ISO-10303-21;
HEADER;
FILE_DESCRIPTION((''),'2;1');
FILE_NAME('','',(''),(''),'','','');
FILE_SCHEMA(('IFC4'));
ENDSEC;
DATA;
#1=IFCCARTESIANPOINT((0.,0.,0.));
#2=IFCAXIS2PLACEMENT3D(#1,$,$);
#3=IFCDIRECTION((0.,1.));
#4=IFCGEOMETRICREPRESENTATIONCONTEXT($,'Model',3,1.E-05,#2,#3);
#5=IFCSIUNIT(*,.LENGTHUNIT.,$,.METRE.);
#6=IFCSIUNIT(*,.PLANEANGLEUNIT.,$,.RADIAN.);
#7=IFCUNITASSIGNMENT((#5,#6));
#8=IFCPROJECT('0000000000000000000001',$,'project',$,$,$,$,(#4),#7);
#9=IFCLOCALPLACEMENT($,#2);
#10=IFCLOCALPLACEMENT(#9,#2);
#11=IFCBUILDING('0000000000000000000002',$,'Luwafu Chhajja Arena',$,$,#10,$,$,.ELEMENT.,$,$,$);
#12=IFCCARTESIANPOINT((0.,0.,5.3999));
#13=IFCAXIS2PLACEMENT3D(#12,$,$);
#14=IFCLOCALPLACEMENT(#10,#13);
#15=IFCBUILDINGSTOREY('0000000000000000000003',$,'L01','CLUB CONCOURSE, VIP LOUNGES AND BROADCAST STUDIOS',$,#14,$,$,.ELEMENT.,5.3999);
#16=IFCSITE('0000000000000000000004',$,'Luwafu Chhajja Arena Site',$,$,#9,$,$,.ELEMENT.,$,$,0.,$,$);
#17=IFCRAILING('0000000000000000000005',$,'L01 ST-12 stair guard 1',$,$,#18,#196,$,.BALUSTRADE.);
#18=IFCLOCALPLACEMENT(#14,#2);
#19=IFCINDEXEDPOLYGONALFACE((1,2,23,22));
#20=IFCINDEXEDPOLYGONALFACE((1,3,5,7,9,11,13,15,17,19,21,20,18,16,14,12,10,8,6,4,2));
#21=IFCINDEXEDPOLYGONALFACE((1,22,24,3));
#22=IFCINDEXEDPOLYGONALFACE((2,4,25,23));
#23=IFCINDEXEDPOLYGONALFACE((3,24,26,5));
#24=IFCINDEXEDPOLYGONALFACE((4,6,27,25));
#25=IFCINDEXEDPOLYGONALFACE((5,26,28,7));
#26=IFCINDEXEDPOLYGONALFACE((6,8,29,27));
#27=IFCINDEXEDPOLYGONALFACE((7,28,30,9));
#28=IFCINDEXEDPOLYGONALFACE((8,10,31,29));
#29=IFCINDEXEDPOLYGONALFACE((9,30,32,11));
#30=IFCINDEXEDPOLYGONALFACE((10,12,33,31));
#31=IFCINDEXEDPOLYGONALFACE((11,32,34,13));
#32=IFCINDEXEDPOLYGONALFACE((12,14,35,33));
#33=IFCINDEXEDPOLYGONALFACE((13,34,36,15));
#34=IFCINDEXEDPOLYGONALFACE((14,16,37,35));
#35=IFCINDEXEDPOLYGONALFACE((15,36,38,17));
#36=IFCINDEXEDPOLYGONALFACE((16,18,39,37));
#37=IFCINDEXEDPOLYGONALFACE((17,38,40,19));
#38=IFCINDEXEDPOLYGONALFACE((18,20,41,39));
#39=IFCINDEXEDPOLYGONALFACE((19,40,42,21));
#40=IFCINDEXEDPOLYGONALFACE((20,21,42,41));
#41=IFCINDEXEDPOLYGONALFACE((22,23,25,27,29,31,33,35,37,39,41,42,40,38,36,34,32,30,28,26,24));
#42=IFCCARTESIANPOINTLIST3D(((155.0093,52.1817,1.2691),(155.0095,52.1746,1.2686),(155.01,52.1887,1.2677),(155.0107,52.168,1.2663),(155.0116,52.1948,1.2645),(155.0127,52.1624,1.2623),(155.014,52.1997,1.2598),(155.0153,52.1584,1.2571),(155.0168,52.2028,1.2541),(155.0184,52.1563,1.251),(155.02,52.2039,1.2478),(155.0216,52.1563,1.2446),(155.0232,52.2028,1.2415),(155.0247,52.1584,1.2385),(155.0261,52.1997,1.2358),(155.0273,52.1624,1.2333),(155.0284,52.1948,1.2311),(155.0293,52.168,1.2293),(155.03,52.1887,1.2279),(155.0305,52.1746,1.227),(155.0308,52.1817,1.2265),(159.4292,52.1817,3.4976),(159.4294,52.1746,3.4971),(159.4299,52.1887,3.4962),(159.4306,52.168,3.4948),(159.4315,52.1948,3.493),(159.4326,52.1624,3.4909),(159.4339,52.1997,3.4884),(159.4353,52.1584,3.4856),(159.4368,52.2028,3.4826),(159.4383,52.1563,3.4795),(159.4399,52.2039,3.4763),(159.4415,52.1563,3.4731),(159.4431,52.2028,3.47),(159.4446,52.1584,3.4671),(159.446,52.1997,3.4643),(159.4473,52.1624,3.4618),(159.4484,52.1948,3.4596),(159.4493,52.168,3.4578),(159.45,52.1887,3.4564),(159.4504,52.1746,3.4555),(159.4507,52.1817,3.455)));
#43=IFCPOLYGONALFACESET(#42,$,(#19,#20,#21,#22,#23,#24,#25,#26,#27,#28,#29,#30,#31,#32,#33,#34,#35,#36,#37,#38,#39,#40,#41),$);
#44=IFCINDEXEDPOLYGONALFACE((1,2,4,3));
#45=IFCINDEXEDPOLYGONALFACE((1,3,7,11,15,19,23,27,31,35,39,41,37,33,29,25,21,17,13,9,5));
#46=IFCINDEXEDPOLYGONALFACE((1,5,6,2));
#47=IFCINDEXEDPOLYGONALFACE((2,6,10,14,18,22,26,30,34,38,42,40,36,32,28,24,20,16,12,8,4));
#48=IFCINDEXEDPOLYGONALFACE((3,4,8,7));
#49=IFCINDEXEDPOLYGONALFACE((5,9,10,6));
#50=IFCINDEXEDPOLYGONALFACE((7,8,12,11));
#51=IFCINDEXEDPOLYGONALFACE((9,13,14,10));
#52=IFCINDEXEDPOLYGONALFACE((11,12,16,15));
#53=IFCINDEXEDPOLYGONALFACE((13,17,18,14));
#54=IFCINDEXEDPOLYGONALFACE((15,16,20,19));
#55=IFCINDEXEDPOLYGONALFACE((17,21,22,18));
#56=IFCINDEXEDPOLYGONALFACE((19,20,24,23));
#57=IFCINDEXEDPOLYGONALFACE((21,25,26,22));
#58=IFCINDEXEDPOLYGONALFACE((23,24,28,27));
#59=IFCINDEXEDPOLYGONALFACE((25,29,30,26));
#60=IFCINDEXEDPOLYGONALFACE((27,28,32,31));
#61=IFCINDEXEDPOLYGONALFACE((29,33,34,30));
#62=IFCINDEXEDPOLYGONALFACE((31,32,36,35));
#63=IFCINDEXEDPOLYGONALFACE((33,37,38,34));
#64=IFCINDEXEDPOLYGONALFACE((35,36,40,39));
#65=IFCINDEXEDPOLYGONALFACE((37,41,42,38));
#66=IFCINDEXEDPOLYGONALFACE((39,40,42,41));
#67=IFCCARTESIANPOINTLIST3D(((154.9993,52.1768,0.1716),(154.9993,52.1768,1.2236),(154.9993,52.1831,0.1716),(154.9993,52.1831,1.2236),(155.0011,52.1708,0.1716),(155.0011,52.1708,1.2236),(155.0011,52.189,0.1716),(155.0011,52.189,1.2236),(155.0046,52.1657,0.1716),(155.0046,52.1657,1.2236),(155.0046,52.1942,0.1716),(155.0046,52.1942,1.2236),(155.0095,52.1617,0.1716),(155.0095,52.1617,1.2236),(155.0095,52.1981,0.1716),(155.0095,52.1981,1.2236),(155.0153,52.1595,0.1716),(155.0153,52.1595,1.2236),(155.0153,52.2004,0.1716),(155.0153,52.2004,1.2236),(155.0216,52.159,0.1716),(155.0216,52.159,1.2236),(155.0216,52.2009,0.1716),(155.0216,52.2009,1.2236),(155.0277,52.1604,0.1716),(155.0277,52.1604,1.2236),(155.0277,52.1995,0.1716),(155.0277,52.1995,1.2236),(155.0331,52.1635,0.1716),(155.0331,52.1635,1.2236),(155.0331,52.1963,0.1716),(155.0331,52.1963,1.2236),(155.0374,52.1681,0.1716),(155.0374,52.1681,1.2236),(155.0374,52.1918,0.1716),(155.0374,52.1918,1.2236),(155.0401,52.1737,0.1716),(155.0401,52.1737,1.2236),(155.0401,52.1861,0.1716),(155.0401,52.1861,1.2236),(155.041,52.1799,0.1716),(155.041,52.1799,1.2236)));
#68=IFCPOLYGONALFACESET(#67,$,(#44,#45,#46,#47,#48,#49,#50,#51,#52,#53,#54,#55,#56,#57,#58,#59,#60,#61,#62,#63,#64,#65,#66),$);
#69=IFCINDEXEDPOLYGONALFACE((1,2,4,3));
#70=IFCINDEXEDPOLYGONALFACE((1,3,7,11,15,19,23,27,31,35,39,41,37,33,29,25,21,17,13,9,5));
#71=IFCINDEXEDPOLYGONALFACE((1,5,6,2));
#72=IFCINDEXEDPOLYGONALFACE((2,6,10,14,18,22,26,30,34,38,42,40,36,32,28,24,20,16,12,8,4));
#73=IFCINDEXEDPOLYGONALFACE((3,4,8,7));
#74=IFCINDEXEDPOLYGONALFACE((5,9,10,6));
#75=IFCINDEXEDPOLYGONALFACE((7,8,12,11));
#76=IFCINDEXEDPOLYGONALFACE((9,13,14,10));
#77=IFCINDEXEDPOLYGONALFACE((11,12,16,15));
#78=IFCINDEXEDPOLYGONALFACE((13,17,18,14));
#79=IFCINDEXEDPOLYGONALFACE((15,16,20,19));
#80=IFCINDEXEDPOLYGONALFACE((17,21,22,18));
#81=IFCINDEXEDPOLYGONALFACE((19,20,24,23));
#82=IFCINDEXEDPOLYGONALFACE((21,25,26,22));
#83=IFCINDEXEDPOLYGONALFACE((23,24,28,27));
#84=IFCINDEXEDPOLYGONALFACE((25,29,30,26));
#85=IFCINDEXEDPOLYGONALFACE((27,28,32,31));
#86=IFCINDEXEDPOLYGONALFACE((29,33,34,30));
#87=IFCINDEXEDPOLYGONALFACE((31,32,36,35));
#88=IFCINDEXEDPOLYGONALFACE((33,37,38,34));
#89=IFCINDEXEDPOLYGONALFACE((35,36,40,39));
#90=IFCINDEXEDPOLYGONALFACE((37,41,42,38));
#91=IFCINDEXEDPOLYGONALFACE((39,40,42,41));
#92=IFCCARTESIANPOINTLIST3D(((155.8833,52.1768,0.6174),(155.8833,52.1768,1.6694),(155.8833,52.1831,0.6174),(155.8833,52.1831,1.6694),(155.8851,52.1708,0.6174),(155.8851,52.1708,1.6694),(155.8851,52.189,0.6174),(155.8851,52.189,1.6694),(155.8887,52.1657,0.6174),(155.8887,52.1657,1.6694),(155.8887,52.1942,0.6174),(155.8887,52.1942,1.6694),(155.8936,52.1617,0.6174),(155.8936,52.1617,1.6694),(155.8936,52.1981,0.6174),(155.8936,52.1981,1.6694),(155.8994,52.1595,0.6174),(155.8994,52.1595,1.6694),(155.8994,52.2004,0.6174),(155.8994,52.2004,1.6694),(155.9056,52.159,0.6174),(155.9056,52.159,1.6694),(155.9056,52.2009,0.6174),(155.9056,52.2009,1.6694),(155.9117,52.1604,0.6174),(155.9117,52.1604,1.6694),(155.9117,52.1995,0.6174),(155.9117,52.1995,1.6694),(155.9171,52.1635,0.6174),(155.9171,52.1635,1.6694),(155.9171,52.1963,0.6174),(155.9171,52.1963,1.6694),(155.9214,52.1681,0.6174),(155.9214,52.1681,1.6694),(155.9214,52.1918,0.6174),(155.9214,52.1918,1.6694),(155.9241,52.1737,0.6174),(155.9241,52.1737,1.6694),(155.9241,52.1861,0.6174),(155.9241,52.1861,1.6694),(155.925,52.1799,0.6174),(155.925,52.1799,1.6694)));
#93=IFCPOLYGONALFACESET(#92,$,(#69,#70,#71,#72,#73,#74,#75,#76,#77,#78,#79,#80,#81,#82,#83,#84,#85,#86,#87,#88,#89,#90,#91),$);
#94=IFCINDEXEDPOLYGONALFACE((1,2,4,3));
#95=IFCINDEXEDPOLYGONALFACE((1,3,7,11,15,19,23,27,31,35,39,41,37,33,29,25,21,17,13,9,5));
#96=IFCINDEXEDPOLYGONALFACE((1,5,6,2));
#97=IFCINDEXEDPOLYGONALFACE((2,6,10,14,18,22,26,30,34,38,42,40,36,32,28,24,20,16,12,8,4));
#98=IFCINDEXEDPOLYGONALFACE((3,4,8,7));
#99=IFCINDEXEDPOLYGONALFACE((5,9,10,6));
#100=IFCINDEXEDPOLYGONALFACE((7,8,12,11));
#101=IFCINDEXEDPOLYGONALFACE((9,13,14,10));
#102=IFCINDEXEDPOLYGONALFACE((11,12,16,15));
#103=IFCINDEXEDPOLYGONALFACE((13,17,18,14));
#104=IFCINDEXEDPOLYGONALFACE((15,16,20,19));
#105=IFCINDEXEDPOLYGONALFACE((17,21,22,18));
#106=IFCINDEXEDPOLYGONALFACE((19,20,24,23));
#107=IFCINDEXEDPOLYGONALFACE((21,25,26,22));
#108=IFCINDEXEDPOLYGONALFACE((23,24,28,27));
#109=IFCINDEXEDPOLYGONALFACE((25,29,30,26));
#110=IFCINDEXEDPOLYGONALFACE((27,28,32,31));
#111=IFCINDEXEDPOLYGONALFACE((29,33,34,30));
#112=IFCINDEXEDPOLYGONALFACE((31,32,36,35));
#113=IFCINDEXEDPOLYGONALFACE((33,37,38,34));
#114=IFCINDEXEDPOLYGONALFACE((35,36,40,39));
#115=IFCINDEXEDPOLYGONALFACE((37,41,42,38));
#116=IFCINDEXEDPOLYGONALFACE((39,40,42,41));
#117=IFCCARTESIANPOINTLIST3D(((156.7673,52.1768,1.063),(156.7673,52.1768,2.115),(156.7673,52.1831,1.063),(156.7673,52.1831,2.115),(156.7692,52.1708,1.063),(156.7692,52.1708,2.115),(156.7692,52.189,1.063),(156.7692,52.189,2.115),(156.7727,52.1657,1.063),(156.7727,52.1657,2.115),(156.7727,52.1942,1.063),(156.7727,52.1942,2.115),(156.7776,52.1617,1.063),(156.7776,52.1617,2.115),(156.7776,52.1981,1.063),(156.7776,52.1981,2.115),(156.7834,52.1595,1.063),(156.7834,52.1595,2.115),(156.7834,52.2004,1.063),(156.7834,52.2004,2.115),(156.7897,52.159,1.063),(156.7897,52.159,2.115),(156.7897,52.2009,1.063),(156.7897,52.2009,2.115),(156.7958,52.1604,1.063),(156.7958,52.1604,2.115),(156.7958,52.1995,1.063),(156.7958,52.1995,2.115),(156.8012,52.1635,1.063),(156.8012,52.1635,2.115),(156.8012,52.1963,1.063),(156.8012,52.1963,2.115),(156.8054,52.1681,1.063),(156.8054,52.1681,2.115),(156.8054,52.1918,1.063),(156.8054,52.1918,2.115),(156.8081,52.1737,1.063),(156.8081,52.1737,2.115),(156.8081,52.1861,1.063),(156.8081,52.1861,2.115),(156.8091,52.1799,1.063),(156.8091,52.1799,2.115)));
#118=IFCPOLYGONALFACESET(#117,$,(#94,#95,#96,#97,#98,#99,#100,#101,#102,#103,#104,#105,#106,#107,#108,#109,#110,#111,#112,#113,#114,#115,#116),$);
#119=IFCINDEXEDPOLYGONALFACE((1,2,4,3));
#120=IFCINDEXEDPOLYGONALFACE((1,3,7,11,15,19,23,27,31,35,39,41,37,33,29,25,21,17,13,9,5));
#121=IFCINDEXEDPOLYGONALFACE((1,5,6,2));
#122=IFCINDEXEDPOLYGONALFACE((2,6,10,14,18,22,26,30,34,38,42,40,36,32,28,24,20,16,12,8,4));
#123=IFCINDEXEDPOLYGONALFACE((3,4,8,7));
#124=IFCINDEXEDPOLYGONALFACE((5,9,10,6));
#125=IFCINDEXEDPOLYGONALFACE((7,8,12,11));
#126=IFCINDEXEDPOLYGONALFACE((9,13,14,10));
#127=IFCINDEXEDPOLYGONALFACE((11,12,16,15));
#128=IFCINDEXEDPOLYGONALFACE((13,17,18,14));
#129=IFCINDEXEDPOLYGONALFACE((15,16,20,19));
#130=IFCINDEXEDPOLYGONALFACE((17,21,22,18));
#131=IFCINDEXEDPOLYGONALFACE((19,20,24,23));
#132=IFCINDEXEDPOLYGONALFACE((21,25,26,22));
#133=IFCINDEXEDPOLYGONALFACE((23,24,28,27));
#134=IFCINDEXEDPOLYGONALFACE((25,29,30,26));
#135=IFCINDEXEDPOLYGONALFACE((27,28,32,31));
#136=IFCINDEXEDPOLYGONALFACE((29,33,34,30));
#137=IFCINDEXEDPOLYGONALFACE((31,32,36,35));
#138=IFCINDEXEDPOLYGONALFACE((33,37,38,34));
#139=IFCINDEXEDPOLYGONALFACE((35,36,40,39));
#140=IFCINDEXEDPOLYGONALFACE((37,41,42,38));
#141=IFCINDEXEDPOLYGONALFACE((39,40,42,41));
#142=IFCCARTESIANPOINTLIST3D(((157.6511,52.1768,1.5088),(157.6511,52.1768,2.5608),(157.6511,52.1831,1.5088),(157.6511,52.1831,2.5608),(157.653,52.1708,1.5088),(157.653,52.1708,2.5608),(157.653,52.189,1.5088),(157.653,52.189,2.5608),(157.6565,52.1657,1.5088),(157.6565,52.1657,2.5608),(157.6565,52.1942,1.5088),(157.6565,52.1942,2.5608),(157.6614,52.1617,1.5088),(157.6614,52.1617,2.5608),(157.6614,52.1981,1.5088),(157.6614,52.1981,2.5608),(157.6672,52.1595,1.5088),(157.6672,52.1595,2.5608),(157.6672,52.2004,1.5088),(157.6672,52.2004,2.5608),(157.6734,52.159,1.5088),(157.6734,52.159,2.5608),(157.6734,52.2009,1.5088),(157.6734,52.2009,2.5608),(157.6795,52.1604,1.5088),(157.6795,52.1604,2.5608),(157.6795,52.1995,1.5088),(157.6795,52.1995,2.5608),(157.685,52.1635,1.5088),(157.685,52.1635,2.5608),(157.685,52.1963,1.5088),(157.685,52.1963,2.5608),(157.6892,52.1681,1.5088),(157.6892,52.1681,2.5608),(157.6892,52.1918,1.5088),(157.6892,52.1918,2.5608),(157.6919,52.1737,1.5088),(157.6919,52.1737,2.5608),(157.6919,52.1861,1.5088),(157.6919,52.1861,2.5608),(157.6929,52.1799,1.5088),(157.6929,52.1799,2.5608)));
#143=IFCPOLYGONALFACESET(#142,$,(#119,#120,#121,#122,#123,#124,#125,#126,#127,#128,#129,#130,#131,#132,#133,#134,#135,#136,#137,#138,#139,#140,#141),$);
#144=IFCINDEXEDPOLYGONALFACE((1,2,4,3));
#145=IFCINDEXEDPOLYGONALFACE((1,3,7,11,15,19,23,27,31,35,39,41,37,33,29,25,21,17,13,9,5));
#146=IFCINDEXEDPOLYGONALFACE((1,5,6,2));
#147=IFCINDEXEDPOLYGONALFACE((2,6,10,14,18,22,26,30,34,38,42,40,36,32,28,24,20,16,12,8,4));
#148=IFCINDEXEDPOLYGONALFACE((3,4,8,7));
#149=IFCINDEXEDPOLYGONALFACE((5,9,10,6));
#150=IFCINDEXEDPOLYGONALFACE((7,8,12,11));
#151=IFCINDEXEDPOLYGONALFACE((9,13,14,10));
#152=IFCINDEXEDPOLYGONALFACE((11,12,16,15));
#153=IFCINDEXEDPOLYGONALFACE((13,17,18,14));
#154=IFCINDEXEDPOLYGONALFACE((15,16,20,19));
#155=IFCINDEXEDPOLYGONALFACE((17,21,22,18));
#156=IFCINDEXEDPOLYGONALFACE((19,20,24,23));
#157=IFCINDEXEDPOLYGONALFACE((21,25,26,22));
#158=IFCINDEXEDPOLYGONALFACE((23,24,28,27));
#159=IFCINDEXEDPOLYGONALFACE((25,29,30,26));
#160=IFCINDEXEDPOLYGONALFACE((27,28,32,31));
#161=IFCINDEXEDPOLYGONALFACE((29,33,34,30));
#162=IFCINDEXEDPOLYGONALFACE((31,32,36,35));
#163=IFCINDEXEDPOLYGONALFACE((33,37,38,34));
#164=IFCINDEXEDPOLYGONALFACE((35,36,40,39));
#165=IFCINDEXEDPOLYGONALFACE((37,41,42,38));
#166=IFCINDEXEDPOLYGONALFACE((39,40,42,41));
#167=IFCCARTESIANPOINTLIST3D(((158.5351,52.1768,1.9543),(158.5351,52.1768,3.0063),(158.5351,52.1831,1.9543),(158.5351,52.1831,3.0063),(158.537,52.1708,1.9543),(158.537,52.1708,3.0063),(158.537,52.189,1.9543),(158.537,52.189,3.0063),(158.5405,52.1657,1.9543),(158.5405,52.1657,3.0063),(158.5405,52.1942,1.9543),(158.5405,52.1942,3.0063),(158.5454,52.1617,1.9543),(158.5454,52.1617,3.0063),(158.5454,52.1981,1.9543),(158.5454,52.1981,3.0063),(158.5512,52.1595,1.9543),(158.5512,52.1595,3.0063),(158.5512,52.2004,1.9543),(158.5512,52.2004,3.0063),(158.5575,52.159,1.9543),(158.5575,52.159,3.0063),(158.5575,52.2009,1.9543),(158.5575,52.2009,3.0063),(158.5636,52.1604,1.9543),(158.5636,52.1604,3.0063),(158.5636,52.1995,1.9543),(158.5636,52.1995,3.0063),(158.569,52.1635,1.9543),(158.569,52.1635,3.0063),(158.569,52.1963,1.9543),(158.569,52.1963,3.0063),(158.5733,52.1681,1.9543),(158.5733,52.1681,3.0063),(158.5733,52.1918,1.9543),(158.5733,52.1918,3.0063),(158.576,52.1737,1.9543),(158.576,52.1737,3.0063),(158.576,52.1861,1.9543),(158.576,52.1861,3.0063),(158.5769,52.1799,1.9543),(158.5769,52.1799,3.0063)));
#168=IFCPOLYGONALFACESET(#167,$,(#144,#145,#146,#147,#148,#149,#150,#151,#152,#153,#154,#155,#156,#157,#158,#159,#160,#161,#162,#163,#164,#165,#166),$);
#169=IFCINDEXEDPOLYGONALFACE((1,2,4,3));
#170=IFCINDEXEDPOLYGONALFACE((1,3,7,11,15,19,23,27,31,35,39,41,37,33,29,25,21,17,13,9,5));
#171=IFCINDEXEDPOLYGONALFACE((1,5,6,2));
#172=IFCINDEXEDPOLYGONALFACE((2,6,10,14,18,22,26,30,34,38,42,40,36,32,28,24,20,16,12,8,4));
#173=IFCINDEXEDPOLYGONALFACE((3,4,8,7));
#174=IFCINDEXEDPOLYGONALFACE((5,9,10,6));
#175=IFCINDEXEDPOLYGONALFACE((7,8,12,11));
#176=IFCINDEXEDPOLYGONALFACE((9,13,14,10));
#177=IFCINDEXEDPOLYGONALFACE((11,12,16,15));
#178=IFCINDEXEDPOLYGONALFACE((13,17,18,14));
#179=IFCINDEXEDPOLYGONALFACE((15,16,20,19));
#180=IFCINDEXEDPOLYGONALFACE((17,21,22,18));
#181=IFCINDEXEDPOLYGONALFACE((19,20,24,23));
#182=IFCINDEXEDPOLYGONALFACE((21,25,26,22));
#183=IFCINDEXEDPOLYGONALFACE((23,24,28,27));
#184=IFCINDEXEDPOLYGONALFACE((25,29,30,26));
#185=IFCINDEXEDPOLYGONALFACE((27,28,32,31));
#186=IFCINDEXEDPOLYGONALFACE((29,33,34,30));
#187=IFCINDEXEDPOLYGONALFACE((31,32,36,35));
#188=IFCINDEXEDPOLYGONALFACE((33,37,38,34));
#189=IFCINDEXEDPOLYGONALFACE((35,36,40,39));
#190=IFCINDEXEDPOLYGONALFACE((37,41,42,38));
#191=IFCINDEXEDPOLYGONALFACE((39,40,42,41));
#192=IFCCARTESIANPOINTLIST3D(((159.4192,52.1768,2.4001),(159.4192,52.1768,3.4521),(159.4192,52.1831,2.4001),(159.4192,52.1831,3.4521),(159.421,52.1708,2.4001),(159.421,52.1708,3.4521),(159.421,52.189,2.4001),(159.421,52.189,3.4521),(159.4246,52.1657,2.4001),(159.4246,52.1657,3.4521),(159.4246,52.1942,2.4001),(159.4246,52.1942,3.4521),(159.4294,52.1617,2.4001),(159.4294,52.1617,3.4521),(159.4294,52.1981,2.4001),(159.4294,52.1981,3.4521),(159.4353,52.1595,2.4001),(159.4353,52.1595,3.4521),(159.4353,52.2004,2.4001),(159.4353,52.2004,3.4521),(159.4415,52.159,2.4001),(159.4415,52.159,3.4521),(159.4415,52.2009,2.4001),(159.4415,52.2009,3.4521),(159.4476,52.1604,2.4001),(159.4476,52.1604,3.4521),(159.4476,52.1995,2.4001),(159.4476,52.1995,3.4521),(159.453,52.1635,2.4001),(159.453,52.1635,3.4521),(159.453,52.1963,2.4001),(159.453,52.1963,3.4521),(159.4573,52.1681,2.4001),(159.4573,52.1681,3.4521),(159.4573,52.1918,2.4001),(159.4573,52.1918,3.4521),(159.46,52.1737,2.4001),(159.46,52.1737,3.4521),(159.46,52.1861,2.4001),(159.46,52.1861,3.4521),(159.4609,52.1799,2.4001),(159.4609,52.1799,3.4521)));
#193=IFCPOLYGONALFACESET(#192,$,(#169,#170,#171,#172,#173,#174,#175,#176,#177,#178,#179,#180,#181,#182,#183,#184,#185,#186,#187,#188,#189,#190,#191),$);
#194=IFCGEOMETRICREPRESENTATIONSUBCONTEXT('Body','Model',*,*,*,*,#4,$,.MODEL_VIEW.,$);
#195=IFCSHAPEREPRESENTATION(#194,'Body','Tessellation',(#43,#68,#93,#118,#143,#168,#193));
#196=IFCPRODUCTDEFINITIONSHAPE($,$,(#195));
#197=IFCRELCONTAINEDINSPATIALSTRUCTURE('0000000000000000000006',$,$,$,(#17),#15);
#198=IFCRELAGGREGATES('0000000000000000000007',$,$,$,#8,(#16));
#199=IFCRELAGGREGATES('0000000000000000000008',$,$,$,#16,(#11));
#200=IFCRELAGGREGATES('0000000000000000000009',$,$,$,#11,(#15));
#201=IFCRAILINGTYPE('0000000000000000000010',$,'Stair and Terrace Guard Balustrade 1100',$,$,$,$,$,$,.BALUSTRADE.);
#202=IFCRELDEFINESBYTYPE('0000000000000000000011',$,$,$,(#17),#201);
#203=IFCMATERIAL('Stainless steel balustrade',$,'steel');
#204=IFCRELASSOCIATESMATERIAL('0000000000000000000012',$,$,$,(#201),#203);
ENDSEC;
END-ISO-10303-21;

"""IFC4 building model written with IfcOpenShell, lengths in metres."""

from ifc_helpers import new_model, si_unit, direction, frame, origin, origin_2d, place, context, subcontext, project, spatial, circle, extrude, material, type_object, element, save


model = new_model("IFC4")

# Units and contexts
model_context = context("Model", 3, precision=1e-05, world=origin(), true_north=direction((0.0, 1.0)))
body_context = subcontext(model_context, "Body", "Model", "MODEL_VIEW")
ifc_project = project(units=[si_unit("LENGTHUNIT", "METRE"), si_unit("PLANEANGLEUNIT", "RADIAN")], contexts=[model_context])

# Site, building, storey
site_placement = place(None, origin())
site = spatial("IfcSite", under=ifc_project, at=site_placement, Name="Luwafu Chhajja Arena Site", CompositionType="ELEMENT", RefElevation=0.0)
building_placement = place(site_placement, origin())
building = spatial("IfcBuilding", under=site, at=building_placement, Name="Luwafu Chhajja Arena", CompositionType="ELEMENT")
storey_placement = place(building_placement, frame((0.0, 0.0, 5.3999)))
storey = spatial("IfcBuildingStorey", under=building, at=storey_placement, Name="L01", Description="CLUB CONCOURSE, VIP LOUNGES AND BROADCAST STUDIOS", CompositionType="ELEMENT", Elevation=5.3999)

# Railing
ifc_material_1 = material(Name="Stainless steel balustrade", Category="steel")
railing_type_1 = type_object("IfcRailingType", Name="Stair and Terrace Guard Balustrade 1100", PredefinedType="BALUSTRADE", material=ifc_material_1)
railing_1_placement = place(storey_placement, frame((155.02, 52.1799, 0.1716)))
element("IfcRailing", 1, at=railing_1_placement, inside=storey, type_object=railing_type_1, Name="L01 ST-12 stair guard 1", PredefinedType="BALUSTRADE", context=body_context, shape_type="SweptSolid", body=[
    extrude(circle(Radius=0.0239, at=origin_2d()), frame((0.0, 0.0, 1.0762), z_axis=(0.892923, 0.0, 0.45021), x_axis=(0.0, 1.0, 0.0)), (0.0, 0.0, 1.0), 4.95),
    extrude(circle(Radius=0.021, at=origin_2d()), origin(), (0.0, 0.0, 1.0), 1.052),
    extrude(circle(Radius=0.021, at=origin_2d()), frame((0.884, 0.0, 0.4458)), (0.0, 0.0, 1.0), 1.052),
    extrude(circle(Radius=0.021, at=origin_2d()), frame((1.7681, 0.0, 0.8914)), (0.0, 0.0, 1.0), 1.052),
    extrude(circle(Radius=0.021, at=origin_2d()), frame((2.6519, 0.0, 1.3372)), (0.0, 0.0, 1.0), 1.052),
    extrude(circle(Radius=0.021, at=origin_2d()), frame((3.5359, 0.0, 1.7827)), (0.0, 0.0, 1.0), 1.052),
    extrude(circle(Radius=0.021, at=origin_2d()), frame((4.4199, 0.0, 2.2285)), (0.0, 0.0, 1.0), 1.052),
])

save(model, "model.ifc")
